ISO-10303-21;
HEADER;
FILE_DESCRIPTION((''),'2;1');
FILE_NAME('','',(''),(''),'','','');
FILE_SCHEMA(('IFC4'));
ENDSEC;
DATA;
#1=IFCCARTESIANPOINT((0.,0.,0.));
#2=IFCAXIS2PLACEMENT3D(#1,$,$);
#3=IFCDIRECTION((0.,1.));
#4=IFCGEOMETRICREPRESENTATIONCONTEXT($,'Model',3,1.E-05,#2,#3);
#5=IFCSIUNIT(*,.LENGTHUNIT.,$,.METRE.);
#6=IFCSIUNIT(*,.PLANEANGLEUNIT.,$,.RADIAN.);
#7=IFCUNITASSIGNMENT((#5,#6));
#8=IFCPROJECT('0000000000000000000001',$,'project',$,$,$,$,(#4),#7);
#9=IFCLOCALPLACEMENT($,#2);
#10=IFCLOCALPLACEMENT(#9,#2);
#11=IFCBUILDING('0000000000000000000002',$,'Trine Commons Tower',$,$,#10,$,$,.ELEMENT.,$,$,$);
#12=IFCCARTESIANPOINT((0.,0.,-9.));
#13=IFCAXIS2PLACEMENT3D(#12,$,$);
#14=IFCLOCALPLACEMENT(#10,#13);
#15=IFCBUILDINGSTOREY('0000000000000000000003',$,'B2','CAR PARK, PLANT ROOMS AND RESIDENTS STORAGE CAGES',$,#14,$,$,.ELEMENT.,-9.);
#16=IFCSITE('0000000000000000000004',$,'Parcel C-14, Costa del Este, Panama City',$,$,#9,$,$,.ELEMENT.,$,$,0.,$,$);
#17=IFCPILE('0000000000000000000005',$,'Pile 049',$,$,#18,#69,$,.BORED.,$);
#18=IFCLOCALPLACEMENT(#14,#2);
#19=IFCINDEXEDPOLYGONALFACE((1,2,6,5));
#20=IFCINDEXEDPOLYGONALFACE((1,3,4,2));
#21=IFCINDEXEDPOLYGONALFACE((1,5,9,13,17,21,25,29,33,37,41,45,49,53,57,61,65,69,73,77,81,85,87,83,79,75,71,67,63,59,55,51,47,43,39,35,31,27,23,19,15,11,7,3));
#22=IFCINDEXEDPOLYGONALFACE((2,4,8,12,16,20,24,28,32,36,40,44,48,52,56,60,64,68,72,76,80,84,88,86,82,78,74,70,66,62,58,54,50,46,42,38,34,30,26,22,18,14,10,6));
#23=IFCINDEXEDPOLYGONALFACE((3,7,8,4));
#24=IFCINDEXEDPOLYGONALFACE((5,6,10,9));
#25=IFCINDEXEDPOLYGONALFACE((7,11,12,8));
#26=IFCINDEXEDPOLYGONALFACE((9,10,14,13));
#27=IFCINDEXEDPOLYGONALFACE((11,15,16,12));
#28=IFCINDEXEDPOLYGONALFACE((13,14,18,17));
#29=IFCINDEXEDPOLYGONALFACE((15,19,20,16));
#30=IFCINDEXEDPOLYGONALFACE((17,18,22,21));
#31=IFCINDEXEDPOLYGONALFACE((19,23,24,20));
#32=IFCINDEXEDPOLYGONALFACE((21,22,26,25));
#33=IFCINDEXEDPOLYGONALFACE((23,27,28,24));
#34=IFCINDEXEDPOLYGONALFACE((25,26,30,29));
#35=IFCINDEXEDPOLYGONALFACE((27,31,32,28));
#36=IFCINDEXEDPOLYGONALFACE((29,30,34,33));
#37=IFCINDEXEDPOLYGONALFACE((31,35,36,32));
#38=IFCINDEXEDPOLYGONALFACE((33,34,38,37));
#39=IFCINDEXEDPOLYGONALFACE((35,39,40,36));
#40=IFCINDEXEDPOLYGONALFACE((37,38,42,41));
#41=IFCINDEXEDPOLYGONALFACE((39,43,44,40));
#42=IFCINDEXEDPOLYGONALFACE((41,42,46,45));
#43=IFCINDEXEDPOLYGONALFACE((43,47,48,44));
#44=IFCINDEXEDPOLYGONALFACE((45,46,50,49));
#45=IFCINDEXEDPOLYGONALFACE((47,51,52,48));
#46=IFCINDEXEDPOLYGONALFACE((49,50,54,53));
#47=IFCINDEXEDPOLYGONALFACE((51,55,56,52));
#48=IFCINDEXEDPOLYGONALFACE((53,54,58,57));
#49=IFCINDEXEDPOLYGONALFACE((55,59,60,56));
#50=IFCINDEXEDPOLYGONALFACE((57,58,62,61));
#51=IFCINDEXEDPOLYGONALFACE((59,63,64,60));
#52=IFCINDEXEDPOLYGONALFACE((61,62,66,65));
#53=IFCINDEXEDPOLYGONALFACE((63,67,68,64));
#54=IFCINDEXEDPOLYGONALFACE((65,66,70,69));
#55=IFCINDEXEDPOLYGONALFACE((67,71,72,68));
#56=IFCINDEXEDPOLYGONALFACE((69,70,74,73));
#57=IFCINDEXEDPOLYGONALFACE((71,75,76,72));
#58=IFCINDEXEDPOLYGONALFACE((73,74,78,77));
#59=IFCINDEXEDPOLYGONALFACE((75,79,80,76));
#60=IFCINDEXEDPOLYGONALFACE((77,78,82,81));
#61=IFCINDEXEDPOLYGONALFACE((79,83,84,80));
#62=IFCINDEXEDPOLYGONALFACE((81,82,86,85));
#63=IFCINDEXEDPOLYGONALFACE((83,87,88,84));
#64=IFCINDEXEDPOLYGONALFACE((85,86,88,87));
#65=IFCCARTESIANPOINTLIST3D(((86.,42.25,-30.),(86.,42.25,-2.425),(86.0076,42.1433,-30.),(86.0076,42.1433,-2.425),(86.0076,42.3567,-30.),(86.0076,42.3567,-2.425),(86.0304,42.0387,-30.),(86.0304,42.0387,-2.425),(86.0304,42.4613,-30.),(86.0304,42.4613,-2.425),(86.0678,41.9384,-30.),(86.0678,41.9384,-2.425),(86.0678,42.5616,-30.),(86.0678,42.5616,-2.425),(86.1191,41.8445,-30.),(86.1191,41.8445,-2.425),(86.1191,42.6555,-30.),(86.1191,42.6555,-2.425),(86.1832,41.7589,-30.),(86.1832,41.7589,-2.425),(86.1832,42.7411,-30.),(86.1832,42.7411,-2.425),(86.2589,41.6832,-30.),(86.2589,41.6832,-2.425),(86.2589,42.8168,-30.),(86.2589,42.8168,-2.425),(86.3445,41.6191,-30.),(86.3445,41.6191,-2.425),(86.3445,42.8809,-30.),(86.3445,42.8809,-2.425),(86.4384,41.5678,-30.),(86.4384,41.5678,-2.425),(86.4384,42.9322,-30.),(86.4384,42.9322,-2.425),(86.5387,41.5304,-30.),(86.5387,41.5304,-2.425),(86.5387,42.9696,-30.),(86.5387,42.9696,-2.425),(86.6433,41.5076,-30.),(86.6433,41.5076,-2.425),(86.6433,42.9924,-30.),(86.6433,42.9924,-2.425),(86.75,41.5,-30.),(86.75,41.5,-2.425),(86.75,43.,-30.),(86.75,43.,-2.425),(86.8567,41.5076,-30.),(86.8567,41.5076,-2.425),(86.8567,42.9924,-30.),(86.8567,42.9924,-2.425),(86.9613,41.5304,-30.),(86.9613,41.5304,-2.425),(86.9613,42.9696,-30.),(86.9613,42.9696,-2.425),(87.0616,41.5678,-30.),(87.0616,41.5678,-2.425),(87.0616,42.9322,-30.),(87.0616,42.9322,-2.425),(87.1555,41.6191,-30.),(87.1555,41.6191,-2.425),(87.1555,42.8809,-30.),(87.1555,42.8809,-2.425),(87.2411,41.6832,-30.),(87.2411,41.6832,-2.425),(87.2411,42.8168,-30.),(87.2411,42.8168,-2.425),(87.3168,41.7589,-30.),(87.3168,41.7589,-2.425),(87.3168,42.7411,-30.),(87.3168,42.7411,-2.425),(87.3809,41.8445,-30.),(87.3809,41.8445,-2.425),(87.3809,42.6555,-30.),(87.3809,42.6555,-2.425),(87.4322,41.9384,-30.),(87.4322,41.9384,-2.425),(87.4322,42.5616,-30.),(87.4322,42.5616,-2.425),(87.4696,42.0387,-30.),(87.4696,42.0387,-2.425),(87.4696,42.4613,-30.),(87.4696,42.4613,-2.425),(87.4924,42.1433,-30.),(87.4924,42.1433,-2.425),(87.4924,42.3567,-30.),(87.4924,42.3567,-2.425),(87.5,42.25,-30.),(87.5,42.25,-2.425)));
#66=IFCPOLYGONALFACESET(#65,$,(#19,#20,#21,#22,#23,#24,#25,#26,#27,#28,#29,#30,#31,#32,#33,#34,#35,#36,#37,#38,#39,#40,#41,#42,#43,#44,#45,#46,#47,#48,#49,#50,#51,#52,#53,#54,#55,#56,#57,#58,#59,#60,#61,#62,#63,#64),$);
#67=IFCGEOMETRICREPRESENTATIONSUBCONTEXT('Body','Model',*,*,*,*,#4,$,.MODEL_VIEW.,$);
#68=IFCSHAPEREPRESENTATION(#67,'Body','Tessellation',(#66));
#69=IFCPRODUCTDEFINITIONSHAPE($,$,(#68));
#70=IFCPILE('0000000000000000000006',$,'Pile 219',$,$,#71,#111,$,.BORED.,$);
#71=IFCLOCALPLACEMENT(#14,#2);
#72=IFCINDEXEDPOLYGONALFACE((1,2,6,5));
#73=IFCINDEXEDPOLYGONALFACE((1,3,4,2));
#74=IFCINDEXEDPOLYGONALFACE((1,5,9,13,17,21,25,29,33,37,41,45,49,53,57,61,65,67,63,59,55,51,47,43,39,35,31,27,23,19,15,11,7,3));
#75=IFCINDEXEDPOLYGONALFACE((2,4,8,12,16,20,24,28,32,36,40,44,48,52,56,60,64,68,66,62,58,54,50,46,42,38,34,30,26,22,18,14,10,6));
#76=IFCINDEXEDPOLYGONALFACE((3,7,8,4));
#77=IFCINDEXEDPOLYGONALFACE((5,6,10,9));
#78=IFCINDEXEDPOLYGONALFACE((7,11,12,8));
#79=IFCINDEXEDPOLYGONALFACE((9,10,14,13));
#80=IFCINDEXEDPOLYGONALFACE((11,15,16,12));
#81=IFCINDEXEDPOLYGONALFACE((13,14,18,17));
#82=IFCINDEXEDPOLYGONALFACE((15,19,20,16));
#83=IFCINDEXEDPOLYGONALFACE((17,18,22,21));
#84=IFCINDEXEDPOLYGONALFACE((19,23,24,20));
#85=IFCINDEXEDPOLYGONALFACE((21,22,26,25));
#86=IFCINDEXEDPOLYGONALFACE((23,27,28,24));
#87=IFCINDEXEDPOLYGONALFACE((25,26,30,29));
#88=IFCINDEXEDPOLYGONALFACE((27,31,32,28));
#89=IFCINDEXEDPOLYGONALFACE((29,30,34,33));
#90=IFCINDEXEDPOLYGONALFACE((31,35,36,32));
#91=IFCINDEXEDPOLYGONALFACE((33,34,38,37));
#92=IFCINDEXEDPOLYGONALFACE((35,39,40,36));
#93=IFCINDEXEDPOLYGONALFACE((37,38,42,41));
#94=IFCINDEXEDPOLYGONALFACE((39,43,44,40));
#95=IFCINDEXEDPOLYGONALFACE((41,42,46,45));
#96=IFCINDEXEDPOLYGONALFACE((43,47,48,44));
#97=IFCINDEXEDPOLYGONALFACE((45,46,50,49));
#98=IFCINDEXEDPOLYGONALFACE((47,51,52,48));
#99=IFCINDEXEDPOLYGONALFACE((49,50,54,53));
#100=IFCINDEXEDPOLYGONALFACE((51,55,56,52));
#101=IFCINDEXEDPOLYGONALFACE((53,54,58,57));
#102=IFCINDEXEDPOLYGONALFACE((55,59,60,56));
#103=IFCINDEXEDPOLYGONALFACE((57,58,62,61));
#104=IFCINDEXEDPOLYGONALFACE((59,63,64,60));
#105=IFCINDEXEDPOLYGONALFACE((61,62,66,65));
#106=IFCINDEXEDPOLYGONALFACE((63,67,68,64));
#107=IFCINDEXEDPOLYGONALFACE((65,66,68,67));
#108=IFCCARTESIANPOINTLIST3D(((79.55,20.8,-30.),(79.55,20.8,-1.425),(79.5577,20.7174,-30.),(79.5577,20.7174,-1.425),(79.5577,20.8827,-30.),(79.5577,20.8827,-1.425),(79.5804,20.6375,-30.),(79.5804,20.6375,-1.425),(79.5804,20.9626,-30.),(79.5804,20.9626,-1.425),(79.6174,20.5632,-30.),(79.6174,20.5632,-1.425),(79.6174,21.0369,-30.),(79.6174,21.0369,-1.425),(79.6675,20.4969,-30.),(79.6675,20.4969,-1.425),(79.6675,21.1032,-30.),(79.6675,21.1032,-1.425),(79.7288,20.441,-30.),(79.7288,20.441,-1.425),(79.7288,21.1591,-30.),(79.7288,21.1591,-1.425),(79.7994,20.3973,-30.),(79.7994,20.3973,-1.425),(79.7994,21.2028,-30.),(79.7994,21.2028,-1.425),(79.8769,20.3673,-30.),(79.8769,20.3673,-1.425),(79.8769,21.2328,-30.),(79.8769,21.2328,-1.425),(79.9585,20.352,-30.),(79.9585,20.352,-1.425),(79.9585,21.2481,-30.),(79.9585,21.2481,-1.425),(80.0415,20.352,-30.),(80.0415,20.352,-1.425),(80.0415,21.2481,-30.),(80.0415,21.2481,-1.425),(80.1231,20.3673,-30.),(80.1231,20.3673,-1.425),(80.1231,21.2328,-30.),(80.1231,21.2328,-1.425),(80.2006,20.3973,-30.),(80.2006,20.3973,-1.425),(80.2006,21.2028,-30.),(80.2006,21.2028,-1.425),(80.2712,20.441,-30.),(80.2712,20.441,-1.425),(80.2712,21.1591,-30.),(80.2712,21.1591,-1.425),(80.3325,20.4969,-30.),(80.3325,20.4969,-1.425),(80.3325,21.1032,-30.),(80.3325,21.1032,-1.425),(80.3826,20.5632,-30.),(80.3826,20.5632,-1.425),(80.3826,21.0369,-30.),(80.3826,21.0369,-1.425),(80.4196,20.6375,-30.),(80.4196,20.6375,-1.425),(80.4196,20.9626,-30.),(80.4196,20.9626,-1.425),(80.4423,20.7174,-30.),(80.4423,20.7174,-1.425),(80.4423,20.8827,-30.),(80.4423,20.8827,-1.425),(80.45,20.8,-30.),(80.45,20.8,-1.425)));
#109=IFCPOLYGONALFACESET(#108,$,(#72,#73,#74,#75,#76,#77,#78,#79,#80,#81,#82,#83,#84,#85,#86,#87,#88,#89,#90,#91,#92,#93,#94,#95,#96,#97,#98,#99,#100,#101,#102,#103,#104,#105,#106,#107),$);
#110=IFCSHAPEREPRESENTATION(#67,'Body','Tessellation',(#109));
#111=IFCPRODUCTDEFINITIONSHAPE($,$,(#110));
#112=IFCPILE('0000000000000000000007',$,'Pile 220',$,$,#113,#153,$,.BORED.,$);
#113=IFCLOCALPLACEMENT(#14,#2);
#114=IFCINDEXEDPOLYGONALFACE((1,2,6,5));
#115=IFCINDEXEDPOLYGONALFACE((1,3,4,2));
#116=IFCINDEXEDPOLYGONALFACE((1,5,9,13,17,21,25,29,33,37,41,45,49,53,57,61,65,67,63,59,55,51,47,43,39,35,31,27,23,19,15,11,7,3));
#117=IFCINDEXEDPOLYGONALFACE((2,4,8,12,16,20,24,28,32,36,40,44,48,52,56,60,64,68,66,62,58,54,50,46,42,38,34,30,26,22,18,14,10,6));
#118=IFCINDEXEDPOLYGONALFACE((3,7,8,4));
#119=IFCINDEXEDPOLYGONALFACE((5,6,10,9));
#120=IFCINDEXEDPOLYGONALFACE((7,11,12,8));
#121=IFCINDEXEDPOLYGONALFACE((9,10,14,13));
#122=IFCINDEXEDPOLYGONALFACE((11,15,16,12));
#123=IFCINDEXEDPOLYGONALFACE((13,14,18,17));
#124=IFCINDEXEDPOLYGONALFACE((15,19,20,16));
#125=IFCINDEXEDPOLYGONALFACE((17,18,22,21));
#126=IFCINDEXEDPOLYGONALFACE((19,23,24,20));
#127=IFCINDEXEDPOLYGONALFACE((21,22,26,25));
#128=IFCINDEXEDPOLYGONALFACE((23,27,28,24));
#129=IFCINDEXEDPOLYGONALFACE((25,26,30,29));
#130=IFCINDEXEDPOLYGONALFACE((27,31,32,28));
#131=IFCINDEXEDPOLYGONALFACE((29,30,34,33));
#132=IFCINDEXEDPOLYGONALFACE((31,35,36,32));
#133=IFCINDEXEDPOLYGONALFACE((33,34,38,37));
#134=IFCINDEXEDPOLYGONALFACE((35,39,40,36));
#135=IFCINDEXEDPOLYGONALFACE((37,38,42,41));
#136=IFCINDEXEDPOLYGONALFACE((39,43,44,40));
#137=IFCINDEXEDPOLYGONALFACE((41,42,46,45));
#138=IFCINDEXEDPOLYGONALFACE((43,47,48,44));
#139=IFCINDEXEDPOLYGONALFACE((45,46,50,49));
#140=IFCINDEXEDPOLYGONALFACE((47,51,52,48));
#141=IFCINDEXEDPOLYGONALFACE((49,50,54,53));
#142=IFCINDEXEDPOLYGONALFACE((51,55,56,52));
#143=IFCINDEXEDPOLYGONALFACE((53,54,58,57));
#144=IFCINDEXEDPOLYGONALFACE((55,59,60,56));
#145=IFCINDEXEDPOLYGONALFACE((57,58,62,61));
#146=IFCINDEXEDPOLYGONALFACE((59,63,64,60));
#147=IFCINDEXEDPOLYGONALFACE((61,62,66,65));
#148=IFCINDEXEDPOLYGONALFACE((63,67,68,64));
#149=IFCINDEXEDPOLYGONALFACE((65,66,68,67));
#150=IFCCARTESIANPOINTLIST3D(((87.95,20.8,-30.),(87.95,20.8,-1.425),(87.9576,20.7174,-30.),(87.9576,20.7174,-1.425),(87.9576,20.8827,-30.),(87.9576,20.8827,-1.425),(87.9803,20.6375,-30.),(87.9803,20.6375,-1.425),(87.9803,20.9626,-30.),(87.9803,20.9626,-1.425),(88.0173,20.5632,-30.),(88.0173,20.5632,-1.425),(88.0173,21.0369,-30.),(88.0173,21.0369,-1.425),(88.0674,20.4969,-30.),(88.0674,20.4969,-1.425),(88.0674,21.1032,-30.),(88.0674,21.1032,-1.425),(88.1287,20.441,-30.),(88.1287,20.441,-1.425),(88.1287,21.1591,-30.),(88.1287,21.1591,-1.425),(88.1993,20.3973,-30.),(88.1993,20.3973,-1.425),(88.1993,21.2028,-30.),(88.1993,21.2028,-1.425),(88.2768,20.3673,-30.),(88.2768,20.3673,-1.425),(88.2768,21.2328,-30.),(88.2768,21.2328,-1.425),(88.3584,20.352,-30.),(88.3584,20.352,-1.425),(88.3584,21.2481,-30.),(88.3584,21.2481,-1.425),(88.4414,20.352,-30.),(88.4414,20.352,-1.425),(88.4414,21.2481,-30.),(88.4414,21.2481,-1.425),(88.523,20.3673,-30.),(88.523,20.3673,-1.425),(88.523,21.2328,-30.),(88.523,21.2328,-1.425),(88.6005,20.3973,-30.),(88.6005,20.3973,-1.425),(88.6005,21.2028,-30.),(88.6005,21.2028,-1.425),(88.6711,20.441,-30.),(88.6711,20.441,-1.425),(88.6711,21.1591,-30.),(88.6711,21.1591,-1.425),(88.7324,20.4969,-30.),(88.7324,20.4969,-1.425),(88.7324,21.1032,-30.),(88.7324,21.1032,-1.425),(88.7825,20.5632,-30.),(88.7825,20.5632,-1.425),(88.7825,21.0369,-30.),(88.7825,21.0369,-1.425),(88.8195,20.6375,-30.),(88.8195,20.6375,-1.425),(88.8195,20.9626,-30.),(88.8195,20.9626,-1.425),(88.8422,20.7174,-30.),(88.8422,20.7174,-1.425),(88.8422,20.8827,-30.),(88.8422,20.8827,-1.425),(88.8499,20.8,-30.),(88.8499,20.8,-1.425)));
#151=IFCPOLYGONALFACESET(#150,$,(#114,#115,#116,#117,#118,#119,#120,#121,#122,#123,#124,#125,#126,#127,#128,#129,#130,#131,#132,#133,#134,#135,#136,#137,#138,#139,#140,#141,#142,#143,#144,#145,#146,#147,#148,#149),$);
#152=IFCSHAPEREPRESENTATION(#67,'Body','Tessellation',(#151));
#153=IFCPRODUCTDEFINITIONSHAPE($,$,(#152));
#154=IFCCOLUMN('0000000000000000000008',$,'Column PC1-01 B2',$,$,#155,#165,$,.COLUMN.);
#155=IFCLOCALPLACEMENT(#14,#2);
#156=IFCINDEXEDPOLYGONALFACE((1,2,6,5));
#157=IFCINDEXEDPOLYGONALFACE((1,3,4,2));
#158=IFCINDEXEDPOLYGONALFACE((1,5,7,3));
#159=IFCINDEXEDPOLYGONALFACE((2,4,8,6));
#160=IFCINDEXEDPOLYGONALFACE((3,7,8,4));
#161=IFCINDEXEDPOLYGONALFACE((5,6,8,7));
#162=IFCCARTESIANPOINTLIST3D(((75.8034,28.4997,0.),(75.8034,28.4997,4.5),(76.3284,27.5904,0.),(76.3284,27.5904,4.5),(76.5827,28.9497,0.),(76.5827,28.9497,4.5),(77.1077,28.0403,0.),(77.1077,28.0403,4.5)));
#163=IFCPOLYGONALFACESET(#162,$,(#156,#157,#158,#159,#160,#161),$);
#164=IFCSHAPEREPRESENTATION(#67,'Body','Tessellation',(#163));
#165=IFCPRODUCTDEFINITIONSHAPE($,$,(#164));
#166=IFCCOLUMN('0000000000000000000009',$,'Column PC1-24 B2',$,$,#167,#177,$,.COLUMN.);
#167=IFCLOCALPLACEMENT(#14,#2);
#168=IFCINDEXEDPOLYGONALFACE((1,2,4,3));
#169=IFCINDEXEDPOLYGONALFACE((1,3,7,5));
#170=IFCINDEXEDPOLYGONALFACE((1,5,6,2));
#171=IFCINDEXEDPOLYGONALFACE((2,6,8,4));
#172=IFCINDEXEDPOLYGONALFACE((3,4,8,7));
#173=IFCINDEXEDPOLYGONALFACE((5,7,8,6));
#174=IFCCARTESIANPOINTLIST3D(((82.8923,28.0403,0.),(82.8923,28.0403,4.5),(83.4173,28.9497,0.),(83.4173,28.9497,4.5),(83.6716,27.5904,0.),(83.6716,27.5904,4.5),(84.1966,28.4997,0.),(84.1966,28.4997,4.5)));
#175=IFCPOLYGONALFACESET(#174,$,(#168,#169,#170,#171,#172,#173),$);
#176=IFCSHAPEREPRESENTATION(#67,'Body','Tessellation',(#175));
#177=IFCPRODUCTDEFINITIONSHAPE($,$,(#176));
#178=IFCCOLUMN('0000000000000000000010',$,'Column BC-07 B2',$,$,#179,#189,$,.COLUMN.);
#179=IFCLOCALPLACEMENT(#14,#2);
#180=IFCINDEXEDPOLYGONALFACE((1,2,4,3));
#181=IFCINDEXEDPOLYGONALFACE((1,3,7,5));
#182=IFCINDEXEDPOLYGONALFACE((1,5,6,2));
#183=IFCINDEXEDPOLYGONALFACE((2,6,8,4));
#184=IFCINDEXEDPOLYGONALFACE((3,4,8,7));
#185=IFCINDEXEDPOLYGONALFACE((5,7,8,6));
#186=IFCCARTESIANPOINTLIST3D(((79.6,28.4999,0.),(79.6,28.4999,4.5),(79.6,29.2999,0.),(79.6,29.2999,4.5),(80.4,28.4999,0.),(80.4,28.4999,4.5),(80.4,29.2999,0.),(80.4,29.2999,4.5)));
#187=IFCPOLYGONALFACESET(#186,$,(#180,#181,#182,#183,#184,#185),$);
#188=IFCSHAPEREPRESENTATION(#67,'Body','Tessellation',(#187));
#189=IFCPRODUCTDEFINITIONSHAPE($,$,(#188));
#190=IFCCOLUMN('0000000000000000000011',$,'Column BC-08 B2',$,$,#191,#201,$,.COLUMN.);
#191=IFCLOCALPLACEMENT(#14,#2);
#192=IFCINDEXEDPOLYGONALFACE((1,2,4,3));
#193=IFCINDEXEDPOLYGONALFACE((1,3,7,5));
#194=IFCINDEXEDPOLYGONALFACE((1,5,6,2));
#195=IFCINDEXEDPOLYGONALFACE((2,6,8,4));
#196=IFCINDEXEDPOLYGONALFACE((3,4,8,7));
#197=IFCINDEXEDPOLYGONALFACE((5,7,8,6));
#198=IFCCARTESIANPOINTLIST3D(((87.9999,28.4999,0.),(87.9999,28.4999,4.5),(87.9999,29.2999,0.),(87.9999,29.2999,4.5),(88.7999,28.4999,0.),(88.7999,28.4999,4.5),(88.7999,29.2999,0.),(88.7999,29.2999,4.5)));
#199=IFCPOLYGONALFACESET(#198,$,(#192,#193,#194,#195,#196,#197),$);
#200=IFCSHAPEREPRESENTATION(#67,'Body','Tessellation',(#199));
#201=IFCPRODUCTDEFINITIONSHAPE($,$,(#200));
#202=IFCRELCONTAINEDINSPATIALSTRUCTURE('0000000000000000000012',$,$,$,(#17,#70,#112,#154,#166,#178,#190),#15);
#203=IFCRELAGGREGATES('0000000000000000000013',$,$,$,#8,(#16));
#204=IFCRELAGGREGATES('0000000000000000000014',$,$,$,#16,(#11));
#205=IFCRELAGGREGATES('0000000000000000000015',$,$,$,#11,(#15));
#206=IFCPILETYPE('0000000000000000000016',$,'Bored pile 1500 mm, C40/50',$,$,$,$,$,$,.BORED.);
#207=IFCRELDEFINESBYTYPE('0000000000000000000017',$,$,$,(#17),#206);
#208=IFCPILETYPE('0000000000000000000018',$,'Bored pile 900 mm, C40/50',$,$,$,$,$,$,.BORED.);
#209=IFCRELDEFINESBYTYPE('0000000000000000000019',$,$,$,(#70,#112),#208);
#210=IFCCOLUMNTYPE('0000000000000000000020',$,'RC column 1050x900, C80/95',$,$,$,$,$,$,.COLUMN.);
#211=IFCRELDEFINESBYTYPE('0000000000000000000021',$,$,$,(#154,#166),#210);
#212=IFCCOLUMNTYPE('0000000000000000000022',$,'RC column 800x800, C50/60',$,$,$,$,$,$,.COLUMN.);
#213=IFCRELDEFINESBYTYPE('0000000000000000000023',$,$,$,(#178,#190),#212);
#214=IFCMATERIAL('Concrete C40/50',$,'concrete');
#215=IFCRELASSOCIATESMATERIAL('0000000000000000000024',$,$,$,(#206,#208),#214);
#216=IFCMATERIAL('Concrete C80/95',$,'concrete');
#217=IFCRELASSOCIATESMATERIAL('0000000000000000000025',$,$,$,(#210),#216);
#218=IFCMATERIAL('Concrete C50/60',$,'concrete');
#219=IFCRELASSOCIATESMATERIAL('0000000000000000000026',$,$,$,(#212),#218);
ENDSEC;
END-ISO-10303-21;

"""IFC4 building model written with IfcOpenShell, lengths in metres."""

from ifc_helpers import new_model, si_unit, direction, frame, origin, origin_2d, place, context, subcontext, project, spatial, rectangle, circle, extrude, material, material_profile, profile_set, type_object, element, save


model = new_model("IFC4")

# Units and contexts
model_context = context("Model", 3, precision=1e-05, world=origin(), true_north=direction((0.0, 1.0)))
body_context = subcontext(model_context, "Body", "Model", "MODEL_VIEW")
ifc_project = project(units=[si_unit("LENGTHUNIT", "METRE"), si_unit("PLANEANGLEUNIT", "RADIAN")], contexts=[model_context])

# Site, building, storey
site_placement = place(None, origin())
site = spatial("IfcSite", under=ifc_project, at=site_placement, Name="Parcel C-14, Costa del Este, Panama City", CompositionType="ELEMENT", RefElevation=0.0)
building_placement = place(site_placement, origin())
building = spatial("IfcBuilding", under=site, at=building_placement, Name="Trine Commons Tower", CompositionType="ELEMENT")
storey_placement = place(building_placement, frame((0.0, 0.0, -9.0)))
storey = spatial("IfcBuildingStorey", under=building, at=storey_placement, Name="B2", Description="CAR PARK, PLANT ROOMS AND RESIDENTS STORAGE CAGES", CompositionType="ELEMENT", Elevation=-9.0)

# Piles
ifc_material_1 = material(Name="Concrete C40/50", Category="concrete")
pile_type_1 = type_object("IfcPileType", Name="Bored pile 1500 mm, C40/50", PredefinedType="BORED", material=ifc_material_1)
for number, where, z_axis, x_axis, name in (
    (1, (86.75, 42.25, -2.425), (0.0, 0.0, -1.0), (1.0, 0.0, 0.0), "Pile 049"),
):
    element("IfcPile", number, at=place(storey_placement, frame(where, z_axis=z_axis, x_axis=x_axis)), inside=storey, type_object=pile_type_1, Name=name, PredefinedType="BORED", context=body_context, shape_type="SweptSolid", body=[
        extrude(circle(Radius=0.75, at=origin_2d()), origin(), (0.0, 0.0, 1.0), 27.575),
    ])
pile_type_2 = type_object("IfcPileType", Name="Bored pile 900 mm, C40/50", PredefinedType="BORED", material=ifc_material_1)
for number, where, z_axis, x_axis, name in (
    (2, (80.0, 20.8, -1.425), (0.0, 0.0, -1.0), (1.0, 0.0, 0.0), "Pile 219"),
    (3, (88.3999, 20.8, -1.425), (0.0, 0.0, -1.0), (1.0, 0.0, 0.0), "Pile 220"),
):
    element("IfcPile", number, at=place(storey_placement, frame(where, z_axis=z_axis, x_axis=x_axis)), inside=storey, type_object=pile_type_2, Name=name, PredefinedType="BORED", context=body_context, shape_type="SweptSolid", body=[
        extrude(circle(Radius=0.45, at=origin_2d()), origin(), (0.0, 0.0, 1.0), 28.575),
    ])

# Columns
ifc_material_2 = material(Name="Concrete C80/95", Category="concrete")
ifc_material_profile_1 = material_profile(ifc_material_2, rectangle(XDim=1.05, YDim=0.8999, at=origin_2d()), Name="RC 1050x900")
ifc_profile_set_1 = profile_set([ifc_material_profile_1], Name="Concrete C80/95")
column_type_1 = type_object("IfcColumnType", Name="RC column 1050x900, C80/95", PredefinedType="COLUMN", material=ifc_profile_set_1)
for number, where, z_axis, x_axis, name in (
    (4, (76.4556, 28.27, 0.0), (0.0, 0.0, 1.0), (-0.5, 0.866025, 0.0), "Column PC1-01 B2"),
    (5, (83.5444, 28.27, 0.0), (0.0, 0.0, 1.0), (0.5, 0.866025, 0.0), "Column PC1-24 B2"),
):
    element("IfcColumn", number, at=place(storey_placement, frame(where, z_axis=z_axis, x_axis=x_axis)), inside=storey, type_object=column_type_1, Name=name, PredefinedType="COLUMN", context=body_context, shape_type="SweptSolid", body=[
        extrude(rectangle(XDim=1.05, YDim=0.8999, at=origin_2d()), origin(), (0.0, 0.0, 1.0), 4.5),
    ])
ifc_material_3 = material(Name="Concrete C50/60", Category="concrete")
ifc_material_profile_2 = material_profile(ifc_material_3, rectangle(XDim=0.8, YDim=0.8, at=origin_2d()), Name="RC 800x800")
ifc_profile_set_2 = profile_set([ifc_material_profile_2], Name="Concrete C50/60")
column_type_2 = type_object("IfcColumnType", Name="RC column 800x800, C50/60", PredefinedType="COLUMN", material=ifc_profile_set_2)
for number, where, z_axis, x_axis, name in (
    (6, (80.0, 28.8999, 0.0), (0.0, 0.0, 1.0), (1.0, 0.0, 0.0), "Column BC-07 B2"),
    (7, (88.3999, 28.8999, 0.0), (0.0, 0.0, 1.0), (1.0, 0.0, 0.0), "Column BC-08 B2"),
):
    element("IfcColumn", number, at=place(storey_placement, frame(where, z_axis=z_axis, x_axis=x_axis)), inside=storey, type_object=column_type_2, Name=name, PredefinedType="COLUMN", context=body_context, shape_type="SweptSolid", body=[
        extrude(rectangle(XDim=0.8, YDim=0.8, at=origin_2d()), origin(), (0.0, 0.0, 1.0), 4.5),
    ])

save(model, "model.ifc")
